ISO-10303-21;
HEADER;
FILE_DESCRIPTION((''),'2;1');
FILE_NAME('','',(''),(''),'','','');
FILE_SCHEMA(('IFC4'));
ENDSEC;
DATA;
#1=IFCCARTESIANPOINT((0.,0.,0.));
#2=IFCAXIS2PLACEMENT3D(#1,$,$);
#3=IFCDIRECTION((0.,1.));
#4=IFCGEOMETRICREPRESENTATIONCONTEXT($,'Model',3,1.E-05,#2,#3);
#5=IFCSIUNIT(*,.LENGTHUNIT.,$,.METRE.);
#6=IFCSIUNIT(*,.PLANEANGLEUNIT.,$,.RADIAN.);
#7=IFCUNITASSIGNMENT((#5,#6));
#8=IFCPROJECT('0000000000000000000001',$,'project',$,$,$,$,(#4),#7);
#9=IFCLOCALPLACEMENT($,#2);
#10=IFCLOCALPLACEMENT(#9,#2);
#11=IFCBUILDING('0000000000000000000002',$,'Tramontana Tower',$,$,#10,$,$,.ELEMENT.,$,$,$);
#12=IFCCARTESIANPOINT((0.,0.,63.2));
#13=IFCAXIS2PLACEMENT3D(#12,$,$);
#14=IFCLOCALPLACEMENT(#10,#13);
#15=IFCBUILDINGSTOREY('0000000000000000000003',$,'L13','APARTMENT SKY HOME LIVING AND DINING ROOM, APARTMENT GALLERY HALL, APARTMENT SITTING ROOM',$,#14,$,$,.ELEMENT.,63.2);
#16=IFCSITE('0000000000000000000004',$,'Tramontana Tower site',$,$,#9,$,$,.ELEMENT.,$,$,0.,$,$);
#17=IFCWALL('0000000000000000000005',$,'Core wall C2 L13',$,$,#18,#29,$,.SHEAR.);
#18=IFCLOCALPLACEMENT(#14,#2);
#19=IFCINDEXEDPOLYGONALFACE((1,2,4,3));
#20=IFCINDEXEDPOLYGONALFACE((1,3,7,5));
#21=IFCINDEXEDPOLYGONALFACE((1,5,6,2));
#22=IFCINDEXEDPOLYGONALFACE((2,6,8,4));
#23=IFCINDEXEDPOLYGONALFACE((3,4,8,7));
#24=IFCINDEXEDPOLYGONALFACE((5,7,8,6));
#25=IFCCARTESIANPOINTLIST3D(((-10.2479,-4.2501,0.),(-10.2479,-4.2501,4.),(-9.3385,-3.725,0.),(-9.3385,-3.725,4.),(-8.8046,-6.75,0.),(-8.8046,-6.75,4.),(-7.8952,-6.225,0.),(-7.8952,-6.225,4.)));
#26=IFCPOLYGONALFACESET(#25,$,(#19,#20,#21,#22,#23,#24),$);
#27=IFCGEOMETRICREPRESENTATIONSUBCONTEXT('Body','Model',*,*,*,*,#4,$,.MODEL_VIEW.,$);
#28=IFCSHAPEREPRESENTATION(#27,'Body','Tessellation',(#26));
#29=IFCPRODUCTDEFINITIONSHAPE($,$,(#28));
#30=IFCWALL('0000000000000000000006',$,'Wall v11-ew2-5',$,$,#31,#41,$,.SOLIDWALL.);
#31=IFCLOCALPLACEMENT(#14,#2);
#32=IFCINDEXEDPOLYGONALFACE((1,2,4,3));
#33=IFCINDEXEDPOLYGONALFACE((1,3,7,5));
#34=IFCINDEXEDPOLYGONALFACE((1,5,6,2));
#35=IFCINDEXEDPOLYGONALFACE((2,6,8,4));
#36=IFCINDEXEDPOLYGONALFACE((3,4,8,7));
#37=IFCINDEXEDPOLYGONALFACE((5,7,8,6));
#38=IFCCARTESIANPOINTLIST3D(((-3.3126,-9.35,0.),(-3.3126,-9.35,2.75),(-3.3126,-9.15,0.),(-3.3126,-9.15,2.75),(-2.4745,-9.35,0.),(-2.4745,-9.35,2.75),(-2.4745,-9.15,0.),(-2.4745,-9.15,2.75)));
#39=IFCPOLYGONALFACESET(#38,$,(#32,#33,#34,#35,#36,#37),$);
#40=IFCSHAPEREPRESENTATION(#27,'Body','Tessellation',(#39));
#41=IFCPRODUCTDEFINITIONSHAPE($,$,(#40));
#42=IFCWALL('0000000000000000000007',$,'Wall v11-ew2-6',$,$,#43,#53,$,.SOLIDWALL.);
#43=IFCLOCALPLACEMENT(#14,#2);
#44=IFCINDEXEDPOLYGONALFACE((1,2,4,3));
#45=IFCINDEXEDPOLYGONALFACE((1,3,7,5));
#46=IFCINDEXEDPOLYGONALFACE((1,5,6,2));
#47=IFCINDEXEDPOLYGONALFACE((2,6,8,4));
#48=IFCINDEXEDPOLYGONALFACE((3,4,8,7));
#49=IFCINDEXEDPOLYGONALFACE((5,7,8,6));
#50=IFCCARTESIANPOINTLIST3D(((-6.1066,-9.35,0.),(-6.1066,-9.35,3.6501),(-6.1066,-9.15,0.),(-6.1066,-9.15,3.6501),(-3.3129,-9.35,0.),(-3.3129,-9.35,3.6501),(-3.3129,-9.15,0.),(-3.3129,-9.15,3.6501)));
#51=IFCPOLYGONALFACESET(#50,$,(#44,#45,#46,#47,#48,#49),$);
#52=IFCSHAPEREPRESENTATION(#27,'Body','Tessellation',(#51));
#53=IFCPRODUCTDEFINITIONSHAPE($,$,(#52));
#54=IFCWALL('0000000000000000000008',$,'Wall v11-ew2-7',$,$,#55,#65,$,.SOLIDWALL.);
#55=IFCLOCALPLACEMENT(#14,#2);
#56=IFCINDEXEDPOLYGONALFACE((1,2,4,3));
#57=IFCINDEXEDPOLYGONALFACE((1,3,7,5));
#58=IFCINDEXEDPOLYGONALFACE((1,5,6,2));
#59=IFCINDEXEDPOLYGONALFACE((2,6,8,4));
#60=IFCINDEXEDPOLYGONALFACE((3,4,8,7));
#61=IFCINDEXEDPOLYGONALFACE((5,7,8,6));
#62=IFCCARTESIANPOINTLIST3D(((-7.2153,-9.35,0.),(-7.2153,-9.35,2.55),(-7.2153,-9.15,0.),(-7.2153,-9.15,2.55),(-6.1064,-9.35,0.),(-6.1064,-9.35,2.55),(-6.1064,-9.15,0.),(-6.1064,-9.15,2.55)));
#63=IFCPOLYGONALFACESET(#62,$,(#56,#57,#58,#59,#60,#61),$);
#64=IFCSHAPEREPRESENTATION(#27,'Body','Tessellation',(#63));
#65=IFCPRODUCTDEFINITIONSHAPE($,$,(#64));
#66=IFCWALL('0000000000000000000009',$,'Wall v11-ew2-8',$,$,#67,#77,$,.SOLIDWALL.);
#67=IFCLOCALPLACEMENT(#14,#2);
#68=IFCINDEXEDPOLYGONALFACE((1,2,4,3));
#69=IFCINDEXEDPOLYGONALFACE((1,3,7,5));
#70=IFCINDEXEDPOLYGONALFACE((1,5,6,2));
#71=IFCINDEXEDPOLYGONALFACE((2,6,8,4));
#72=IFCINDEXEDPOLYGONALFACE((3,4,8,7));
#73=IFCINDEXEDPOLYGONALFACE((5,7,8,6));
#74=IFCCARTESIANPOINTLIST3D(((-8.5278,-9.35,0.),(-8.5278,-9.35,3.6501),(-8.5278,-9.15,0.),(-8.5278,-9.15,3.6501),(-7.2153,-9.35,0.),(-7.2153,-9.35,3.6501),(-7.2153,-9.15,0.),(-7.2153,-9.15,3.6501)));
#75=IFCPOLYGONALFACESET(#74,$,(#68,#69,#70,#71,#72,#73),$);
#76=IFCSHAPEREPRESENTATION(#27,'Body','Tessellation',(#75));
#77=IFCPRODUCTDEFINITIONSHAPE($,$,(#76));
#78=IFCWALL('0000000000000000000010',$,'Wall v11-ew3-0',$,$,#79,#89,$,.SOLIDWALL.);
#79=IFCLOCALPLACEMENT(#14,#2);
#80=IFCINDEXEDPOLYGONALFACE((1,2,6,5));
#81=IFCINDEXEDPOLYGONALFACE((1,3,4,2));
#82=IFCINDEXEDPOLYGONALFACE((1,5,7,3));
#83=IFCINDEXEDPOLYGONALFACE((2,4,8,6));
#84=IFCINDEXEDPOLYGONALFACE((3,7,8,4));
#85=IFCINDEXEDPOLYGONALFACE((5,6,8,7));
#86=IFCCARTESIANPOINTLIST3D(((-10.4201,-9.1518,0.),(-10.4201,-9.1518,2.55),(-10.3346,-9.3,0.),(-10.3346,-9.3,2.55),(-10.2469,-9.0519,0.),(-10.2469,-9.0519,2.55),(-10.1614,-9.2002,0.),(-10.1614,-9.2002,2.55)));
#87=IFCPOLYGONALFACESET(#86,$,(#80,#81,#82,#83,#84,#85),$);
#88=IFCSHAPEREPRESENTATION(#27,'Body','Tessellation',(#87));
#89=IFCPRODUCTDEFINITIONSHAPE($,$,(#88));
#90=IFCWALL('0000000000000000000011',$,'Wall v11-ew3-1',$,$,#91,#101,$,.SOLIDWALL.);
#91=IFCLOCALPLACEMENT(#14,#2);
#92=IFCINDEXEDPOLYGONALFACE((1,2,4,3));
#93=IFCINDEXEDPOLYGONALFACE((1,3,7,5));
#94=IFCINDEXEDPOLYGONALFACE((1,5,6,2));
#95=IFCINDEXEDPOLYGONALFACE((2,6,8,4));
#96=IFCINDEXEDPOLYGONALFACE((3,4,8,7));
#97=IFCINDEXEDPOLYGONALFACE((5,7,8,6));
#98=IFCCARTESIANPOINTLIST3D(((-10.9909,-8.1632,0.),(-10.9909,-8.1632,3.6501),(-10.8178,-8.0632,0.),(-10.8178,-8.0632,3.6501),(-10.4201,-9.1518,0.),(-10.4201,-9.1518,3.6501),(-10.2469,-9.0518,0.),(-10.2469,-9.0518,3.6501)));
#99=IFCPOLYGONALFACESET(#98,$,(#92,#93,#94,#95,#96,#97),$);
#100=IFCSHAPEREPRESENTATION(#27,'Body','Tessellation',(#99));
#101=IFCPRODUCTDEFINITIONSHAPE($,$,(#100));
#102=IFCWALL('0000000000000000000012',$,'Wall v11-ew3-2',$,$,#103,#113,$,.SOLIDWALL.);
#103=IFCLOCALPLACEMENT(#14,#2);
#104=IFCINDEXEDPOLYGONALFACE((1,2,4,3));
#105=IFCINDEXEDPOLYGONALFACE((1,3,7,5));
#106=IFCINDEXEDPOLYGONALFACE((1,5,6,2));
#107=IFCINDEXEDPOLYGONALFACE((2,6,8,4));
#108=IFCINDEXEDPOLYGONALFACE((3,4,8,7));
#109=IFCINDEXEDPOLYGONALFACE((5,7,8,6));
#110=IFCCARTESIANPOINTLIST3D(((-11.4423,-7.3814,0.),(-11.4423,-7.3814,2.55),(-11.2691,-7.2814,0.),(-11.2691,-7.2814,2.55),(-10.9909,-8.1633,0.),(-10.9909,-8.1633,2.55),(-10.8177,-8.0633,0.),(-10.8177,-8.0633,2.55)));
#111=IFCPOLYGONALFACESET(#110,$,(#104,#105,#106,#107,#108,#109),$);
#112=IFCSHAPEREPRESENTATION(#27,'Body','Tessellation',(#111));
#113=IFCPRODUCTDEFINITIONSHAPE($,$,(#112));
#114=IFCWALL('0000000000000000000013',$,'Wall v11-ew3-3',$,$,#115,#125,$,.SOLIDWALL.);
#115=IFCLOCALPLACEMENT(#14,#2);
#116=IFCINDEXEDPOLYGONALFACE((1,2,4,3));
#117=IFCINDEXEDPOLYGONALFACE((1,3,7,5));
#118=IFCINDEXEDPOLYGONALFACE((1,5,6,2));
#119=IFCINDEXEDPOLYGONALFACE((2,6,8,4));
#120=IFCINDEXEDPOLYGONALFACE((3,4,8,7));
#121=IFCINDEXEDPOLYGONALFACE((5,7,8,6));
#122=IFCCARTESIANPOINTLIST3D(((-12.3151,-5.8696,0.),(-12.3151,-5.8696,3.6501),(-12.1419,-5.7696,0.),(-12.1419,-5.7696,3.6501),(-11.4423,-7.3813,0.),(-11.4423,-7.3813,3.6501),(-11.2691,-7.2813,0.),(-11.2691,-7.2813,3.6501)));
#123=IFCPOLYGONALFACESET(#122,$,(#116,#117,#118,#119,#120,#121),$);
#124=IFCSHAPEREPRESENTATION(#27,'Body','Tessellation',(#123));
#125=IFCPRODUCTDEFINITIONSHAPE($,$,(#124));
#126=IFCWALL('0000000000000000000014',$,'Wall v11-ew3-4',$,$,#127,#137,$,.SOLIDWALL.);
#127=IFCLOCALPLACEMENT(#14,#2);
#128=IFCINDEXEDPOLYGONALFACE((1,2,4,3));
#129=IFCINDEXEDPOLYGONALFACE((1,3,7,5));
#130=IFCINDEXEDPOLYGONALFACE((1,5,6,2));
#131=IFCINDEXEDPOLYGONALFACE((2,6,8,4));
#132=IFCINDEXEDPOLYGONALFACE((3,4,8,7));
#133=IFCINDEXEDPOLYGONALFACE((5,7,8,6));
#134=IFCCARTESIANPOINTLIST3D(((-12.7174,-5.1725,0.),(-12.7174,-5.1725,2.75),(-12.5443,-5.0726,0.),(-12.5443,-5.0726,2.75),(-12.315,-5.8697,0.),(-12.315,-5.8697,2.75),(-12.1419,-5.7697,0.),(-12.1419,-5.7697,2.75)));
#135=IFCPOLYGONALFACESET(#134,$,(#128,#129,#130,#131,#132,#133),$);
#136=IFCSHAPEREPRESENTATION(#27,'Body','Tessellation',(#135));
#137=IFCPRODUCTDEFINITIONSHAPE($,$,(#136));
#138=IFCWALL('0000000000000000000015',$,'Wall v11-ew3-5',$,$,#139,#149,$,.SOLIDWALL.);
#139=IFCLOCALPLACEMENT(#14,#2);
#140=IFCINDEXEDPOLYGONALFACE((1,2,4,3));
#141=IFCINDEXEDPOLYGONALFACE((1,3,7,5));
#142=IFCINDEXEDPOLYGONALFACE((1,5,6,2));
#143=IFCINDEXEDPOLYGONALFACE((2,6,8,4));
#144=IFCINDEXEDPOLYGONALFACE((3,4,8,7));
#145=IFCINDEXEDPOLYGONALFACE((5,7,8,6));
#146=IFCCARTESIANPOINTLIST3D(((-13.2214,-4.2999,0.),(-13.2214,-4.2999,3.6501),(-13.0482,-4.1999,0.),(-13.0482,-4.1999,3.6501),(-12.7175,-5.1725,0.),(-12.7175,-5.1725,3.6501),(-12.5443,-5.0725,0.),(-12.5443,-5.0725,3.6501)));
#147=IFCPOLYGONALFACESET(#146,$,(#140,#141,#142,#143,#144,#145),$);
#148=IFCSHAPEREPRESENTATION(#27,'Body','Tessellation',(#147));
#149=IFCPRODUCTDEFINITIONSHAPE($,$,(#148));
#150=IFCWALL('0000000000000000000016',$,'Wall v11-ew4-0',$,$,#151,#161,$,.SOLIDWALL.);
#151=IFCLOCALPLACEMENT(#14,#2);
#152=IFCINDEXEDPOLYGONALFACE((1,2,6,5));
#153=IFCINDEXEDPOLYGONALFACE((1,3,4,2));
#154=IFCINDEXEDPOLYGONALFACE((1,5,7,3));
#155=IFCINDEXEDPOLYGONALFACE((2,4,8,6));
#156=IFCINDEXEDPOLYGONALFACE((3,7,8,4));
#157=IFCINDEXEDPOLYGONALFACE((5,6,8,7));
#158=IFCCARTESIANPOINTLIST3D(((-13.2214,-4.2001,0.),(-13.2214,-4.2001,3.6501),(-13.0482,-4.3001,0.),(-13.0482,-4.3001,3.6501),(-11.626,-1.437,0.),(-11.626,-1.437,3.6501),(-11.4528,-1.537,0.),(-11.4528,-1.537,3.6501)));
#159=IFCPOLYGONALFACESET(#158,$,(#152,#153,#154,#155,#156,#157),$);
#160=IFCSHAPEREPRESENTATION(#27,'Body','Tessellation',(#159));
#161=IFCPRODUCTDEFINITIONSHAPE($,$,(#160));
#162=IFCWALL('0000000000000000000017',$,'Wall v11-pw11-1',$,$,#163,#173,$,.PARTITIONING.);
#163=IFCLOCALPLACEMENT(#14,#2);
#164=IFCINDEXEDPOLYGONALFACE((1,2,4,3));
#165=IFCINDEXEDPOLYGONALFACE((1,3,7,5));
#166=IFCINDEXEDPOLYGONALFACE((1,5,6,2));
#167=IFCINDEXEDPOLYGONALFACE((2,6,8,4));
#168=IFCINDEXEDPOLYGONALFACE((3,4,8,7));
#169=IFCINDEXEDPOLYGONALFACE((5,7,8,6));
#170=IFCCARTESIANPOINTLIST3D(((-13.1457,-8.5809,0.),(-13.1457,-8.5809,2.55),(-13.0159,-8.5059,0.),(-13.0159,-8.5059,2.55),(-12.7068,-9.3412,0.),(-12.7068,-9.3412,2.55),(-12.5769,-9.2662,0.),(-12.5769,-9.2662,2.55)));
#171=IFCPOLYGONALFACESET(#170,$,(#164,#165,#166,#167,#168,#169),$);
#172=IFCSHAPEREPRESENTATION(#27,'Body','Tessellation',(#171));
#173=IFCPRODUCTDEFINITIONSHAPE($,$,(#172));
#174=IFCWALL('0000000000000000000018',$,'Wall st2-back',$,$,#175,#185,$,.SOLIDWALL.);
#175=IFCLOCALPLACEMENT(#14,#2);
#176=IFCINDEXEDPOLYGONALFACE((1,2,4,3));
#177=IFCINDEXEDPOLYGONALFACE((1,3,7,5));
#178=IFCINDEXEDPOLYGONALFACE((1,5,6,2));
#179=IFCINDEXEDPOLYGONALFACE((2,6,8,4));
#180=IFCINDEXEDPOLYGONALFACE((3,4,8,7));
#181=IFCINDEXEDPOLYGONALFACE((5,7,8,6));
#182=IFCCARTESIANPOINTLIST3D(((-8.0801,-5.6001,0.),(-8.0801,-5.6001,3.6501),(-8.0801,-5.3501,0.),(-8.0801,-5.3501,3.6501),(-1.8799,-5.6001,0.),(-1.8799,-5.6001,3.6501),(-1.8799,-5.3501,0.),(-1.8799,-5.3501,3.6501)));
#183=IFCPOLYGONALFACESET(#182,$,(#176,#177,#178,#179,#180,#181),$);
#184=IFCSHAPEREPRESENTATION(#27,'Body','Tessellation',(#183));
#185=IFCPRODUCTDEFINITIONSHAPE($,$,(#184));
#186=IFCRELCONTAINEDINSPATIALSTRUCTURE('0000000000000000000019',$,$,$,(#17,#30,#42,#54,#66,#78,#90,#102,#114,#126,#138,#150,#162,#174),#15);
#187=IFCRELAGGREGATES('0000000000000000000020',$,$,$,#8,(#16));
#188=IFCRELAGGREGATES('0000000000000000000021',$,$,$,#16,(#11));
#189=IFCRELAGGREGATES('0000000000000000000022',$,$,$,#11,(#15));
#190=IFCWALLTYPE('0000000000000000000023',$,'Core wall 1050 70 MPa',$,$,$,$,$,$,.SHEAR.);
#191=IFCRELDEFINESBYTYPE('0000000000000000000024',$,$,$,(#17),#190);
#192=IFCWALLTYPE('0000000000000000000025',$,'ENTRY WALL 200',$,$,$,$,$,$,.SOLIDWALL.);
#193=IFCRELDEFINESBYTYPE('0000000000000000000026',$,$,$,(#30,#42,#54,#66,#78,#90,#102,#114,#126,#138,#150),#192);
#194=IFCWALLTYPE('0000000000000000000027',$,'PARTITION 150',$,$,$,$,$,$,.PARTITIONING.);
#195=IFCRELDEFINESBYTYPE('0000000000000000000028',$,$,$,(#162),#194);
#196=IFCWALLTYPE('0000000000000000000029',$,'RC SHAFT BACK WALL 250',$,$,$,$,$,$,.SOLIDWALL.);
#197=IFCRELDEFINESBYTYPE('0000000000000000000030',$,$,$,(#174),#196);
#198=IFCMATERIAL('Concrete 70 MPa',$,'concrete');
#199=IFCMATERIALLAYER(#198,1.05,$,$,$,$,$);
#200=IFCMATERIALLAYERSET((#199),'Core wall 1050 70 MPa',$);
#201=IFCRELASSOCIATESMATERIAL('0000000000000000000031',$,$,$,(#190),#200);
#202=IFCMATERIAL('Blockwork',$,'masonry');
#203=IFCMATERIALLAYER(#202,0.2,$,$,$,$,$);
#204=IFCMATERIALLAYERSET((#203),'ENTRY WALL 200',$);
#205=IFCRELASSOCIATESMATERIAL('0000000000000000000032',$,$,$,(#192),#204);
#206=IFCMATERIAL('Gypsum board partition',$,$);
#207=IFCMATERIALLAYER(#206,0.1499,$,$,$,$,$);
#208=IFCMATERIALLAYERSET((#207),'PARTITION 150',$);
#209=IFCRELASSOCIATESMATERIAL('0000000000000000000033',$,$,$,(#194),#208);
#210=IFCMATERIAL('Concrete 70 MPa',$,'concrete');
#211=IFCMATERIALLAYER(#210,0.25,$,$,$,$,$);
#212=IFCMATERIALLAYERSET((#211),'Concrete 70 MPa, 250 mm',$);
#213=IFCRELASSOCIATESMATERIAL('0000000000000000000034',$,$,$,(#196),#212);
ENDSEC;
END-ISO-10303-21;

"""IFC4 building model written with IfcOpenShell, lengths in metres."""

from ifc_helpers import new_model, si_unit, direction, frame, frame_2d, origin, place, context, subcontext, project, spatial, rectangle, extrude, material, layer, layer_set, type_object, element, save


model = new_model("IFC4")

# Units and contexts
model_context = context("Model", 3, precision=1e-05, world=origin(), true_north=direction((0.0, 1.0)))
body_context = subcontext(model_context, "Body", "Model", "MODEL_VIEW")
ifc_project = project(units=[si_unit("LENGTHUNIT", "METRE"), si_unit("PLANEANGLEUNIT", "RADIAN")], contexts=[model_context])

# Site, building, storey
site_placement = place(None, origin())
site = spatial("IfcSite", under=ifc_project, at=site_placement, Name="Tramontana Tower site", CompositionType="ELEMENT", RefElevation=0.0)
building_placement = place(site_placement, origin())
building = spatial("IfcBuilding", under=site, at=building_placement, Name="Tramontana Tower", CompositionType="ELEMENT")
storey_placement = place(building_placement, frame((0.0, 0.0, 63.2)))
storey = spatial("IfcBuildingStorey", under=building, at=storey_placement, Name="L13", Description="APARTMENT SKY HOME LIVING AND DINING ROOM, APARTMENT GALLERY HALL, APARTMENT SITTING ROOM", CompositionType="ELEMENT", Elevation=63.2)

# Wall
ifc_material_1 = material(Name="Concrete 70 MPa", Category="concrete")
ifc_layer_1 = layer(ifc_material_1, 1.05)
ifc_layer_set_1 = layer_set([ifc_layer_1], Name="Core wall 1050 70 MPa")
wall_type_1 = type_object("IfcWallType", Name="Core wall 1050 70 MPa", PredefinedType="SHEAR", material=ifc_layer_set_1)
wall_1_placement = place(storey_placement, frame((-9.7932, -3.9875, 0.0), z_axis=(0.0, 0.0, 1.0), x_axis=(0.499996, -0.866028, 0.0)))
element("IfcWall", 1, at=wall_1_placement, inside=storey, type_object=wall_type_1, Name="Core wall C2 L13", PredefinedType="SHEAR", context=body_context, shape_type="SweptSolid", body=[
    extrude(rectangle(XDim=2.8867, YDim=1.05, at=frame_2d((1.4434, 0.0))), origin(), (0.0, 0.0, 1.0), 4.0),
])

# Walls
ifc_material_2 = material(Name="Blockwork", Category="masonry")
ifc_layer_2 = layer(ifc_material_2, 0.2)
ifc_layer_set_2 = layer_set([ifc_layer_2], Name="ENTRY WALL 200")
wall_type_2 = type_object("IfcWallType", Name="ENTRY WALL 200", PredefinedType="SOLIDWALL", material=ifc_layer_set_2)
wall_2_placement = place(storey_placement, frame((-2.4746, -9.25, 0.0), z_axis=(0.0, 0.0, 1.0), x_axis=(-1.0, 0.0, 0.0)))
element("IfcWall", 2, at=wall_2_placement, inside=storey, type_object=wall_type_2, Name="Wall v11-ew2-5", PredefinedType="SOLIDWALL", context=body_context, shape_type="SweptSolid", body=[
    extrude(rectangle(XDim=0.8381, YDim=0.2, at=frame_2d((0.4189, 0.0))), origin(), (0.0, 0.0, 1.0), 2.75),
])
wall_3_placement = place(storey_placement, frame((-3.3127, -9.25, 0.0), z_axis=(0.0, 0.0, 1.0), x_axis=(-1.0, 0.0, 0.0)))
element("IfcWall", 3, at=wall_3_placement, inside=storey, type_object=wall_type_2, Name="Wall v11-ew2-6", PredefinedType="SOLIDWALL", context=body_context, shape_type="SweptSolid", body=[
    extrude(rectangle(XDim=2.7937, YDim=0.2, at=frame_2d((1.397, 0.0))), origin(), (0.0, 0.0, 1.0), 3.6501),
])
wall_4_placement = place(storey_placement, frame((-6.1064, -9.25, 0.0), z_axis=(0.0, 0.0, 1.0), x_axis=(-1.0, 0.0, 0.0)))
element("IfcWall", 4, at=wall_4_placement, inside=storey, type_object=wall_type_2, Name="Wall v11-ew2-7", PredefinedType="SOLIDWALL", context=body_context, shape_type="SweptSolid", body=[
    extrude(rectangle(XDim=1.1089, YDim=0.2, at=frame_2d((0.5544, 0.0))), origin(), (0.0, 0.0, 1.0), 2.55),
])
wall_5_placement = place(storey_placement, frame((-7.2153, -9.25, 0.0), z_axis=(0.0, 0.0, 1.0), x_axis=(-1.0, 0.0, 0.0)))
element("IfcWall", 5, at=wall_5_placement, inside=storey, type_object=wall_type_2, Name="Wall v11-ew2-8", PredefinedType="SOLIDWALL", context=body_context, shape_type="SweptSolid", body=[
    extrude(rectangle(XDim=1.3125, YDim=0.2, at=frame_2d((0.6562, 0.0))), origin(), (0.0, 0.0, 1.0), 3.6501),
])

# Walls
wall_6_placement = place(storey_placement, frame((-10.248, -9.25, 0.0), z_axis=(0.0, 0.0, 1.0), x_axis=(-0.499517, 0.866304, 0.0)))
element("IfcWall", 6, at=wall_6_placement, inside=storey, type_object=wall_type_2, Name="Wall v11-ew3-0", PredefinedType="SOLIDWALL", context=body_context, shape_type="SweptSolid", body=[
    extrude(rectangle(XDim=0.1711, YDim=0.2, at=frame_2d((0.0854, 0.0))), origin(), (0.0, 0.0, 1.0), 2.55),
])
wall_7_placement = place(storey_placement, frame((-10.3335, -9.1018, 0.0), z_axis=(0.0, 0.0, 1.0), x_axis=(-0.50005, 0.865997, 0.0)))
element("IfcWall", 7, at=wall_7_placement, inside=storey, type_object=wall_type_2, Name="Wall v11-ew3-1", PredefinedType="SOLIDWALL", context=body_context, shape_type="SweptSolid", body=[
    extrude(rectangle(XDim=1.1416, YDim=0.2, at=frame_2d((0.5708, 0.0))), origin(), (0.0, 0.0, 1.0), 3.6501),
])
wall_8_placement = place(storey_placement, frame((-10.9043, -8.1133, 0.0), z_axis=(0.0, 0.0, 1.0), x_axis=(-0.499949, 0.866055, 0.0)))
element("IfcWall", 8, at=wall_8_placement, inside=storey, type_object=wall_type_2, Name="Wall v11-ew3-2", PredefinedType="SOLIDWALL", context=body_context, shape_type="SweptSolid", body=[
    extrude(rectangle(XDim=0.9028, YDim=0.2, at=frame_2d((0.4514, 0.0))), origin(), (0.0, 0.0, 1.0), 2.55),
])
wall_9_placement = place(storey_placement, frame((-11.3557, -7.3313, 0.0), z_axis=(0.0, 0.0, 1.0), x_axis=(-0.500005, 0.866023, 0.0)))
element("IfcWall", 9, at=wall_9_placement, inside=storey, type_object=wall_type_2, Name="Wall v11-ew3-3", PredefinedType="SOLIDWALL", context=body_context, shape_type="SweptSolid", body=[
    extrude(rectangle(XDim=1.7456, YDim=0.2, at=frame_2d((0.8728, 0.0))), origin(), (0.0, 0.0, 1.0), 3.6501),
])
wall_10_placement = place(storey_placement, frame((-12.2285, -5.8196, 0.0), z_axis=(0.0, 0.0, 1.0), x_axis=(-0.499924, 0.866069, 0.0)))
element("IfcWall", 10, at=wall_10_placement, inside=storey, type_object=wall_type_2, Name="Wall v11-ew3-4", PredefinedType="SOLIDWALL", context=body_context, shape_type="SweptSolid", body=[
    extrude(rectangle(XDim=0.8049, YDim=0.2, at=frame_2d((0.4023, 0.0))), origin(), (0.0, 0.0, 1.0), 2.75),
])
wall_11_placement = place(storey_placement, frame((-12.6309, -5.1226, 0.0), z_axis=(0.0, 0.0, 1.0), x_axis=(-0.5001, 0.865968, 0.0)))
element("IfcWall", 11, at=wall_11_placement, inside=storey, type_object=wall_type_2, Name="Wall v11-ew3-5", PredefinedType="SOLIDWALL", context=body_context, shape_type="SweptSolid", body=[
    extrude(rectangle(XDim=1.0076, YDim=0.2, at=frame_2d((0.5039, 0.0))), origin(), (0.0, 0.0, 1.0), 3.6501),
])
wall_12_placement = place(storey_placement, frame((-13.1348, -4.25, 0.0), z_axis=(0.0, 0.0, 1.0), x_axis=(0.500032, 0.866007, 0.0)))
element("IfcWall", 12, at=wall_12_placement, inside=storey, type_object=wall_type_2, Name="Wall v11-ew4-0", PredefinedType="SOLIDWALL", context=body_context, shape_type="SweptSolid", body=[
    extrude(rectangle(XDim=3.1907, YDim=0.2, at=frame_2d((1.5952, 0.0))), origin(), (0.0, 0.0, 1.0), 3.6501),
])
ifc_material_3 = material(Name="Gypsum board partition")
ifc_layer_3 = layer(ifc_material_3, 0.1499)
ifc_layer_set_3 = layer_set([ifc_layer_3], Name="PARTITION 150")
wall_type_3 = type_object("IfcWallType", Name="PARTITION 150", PredefinedType="PARTITIONING", material=ifc_layer_set_3)
wall_13_placement = place(storey_placement, frame((-12.6418, -9.3037, 0.0), z_axis=(0.0, 0.0, 1.0), x_axis=(-0.500027, 0.86601, 0.0)))
element("IfcWall", 13, at=wall_13_placement, inside=storey, type_object=wall_type_3, Name="Wall v11-pw11-1", PredefinedType="PARTITIONING", context=body_context, shape_type="SweptSolid", body=[
    extrude(rectangle(XDim=0.8779, YDim=0.1499, at=frame_2d((0.439, 0.0))), origin(), (0.0, 0.0, 1.0), 2.55),
])

# Wall
ifc_material_4 = material(Name="Concrete 70 MPa", Category="concrete")
ifc_layer_4 = layer(ifc_material_4, 0.25)
ifc_layer_set_4 = layer_set([ifc_layer_4], Name="Concrete 70 MPa, 250 mm")
wall_type_4 = type_object("IfcWallType", Name="RC SHAFT BACK WALL 250", PredefinedType="SOLIDWALL", material=ifc_layer_set_4)
wall_14_placement = place(storey_placement, frame((-8.0801, -5.4751, 0.0), z_axis=(0.0, 0.0, 1.0), x_axis=(1.0, 0.0, 0.0)))
element("IfcWall", 14, at=wall_14_placement, inside=storey, type_object=wall_type_4, Name="Wall st2-back", PredefinedType="SOLIDWALL", context=body_context, shape_type="SweptSolid", body=[
    extrude(rectangle(XDim=6.2002, YDim=0.25, at=frame_2d((3.1001, 0.0))), origin(), (0.0, 0.0, 1.0), 3.6501),
])

save(model, "model.ifc")
